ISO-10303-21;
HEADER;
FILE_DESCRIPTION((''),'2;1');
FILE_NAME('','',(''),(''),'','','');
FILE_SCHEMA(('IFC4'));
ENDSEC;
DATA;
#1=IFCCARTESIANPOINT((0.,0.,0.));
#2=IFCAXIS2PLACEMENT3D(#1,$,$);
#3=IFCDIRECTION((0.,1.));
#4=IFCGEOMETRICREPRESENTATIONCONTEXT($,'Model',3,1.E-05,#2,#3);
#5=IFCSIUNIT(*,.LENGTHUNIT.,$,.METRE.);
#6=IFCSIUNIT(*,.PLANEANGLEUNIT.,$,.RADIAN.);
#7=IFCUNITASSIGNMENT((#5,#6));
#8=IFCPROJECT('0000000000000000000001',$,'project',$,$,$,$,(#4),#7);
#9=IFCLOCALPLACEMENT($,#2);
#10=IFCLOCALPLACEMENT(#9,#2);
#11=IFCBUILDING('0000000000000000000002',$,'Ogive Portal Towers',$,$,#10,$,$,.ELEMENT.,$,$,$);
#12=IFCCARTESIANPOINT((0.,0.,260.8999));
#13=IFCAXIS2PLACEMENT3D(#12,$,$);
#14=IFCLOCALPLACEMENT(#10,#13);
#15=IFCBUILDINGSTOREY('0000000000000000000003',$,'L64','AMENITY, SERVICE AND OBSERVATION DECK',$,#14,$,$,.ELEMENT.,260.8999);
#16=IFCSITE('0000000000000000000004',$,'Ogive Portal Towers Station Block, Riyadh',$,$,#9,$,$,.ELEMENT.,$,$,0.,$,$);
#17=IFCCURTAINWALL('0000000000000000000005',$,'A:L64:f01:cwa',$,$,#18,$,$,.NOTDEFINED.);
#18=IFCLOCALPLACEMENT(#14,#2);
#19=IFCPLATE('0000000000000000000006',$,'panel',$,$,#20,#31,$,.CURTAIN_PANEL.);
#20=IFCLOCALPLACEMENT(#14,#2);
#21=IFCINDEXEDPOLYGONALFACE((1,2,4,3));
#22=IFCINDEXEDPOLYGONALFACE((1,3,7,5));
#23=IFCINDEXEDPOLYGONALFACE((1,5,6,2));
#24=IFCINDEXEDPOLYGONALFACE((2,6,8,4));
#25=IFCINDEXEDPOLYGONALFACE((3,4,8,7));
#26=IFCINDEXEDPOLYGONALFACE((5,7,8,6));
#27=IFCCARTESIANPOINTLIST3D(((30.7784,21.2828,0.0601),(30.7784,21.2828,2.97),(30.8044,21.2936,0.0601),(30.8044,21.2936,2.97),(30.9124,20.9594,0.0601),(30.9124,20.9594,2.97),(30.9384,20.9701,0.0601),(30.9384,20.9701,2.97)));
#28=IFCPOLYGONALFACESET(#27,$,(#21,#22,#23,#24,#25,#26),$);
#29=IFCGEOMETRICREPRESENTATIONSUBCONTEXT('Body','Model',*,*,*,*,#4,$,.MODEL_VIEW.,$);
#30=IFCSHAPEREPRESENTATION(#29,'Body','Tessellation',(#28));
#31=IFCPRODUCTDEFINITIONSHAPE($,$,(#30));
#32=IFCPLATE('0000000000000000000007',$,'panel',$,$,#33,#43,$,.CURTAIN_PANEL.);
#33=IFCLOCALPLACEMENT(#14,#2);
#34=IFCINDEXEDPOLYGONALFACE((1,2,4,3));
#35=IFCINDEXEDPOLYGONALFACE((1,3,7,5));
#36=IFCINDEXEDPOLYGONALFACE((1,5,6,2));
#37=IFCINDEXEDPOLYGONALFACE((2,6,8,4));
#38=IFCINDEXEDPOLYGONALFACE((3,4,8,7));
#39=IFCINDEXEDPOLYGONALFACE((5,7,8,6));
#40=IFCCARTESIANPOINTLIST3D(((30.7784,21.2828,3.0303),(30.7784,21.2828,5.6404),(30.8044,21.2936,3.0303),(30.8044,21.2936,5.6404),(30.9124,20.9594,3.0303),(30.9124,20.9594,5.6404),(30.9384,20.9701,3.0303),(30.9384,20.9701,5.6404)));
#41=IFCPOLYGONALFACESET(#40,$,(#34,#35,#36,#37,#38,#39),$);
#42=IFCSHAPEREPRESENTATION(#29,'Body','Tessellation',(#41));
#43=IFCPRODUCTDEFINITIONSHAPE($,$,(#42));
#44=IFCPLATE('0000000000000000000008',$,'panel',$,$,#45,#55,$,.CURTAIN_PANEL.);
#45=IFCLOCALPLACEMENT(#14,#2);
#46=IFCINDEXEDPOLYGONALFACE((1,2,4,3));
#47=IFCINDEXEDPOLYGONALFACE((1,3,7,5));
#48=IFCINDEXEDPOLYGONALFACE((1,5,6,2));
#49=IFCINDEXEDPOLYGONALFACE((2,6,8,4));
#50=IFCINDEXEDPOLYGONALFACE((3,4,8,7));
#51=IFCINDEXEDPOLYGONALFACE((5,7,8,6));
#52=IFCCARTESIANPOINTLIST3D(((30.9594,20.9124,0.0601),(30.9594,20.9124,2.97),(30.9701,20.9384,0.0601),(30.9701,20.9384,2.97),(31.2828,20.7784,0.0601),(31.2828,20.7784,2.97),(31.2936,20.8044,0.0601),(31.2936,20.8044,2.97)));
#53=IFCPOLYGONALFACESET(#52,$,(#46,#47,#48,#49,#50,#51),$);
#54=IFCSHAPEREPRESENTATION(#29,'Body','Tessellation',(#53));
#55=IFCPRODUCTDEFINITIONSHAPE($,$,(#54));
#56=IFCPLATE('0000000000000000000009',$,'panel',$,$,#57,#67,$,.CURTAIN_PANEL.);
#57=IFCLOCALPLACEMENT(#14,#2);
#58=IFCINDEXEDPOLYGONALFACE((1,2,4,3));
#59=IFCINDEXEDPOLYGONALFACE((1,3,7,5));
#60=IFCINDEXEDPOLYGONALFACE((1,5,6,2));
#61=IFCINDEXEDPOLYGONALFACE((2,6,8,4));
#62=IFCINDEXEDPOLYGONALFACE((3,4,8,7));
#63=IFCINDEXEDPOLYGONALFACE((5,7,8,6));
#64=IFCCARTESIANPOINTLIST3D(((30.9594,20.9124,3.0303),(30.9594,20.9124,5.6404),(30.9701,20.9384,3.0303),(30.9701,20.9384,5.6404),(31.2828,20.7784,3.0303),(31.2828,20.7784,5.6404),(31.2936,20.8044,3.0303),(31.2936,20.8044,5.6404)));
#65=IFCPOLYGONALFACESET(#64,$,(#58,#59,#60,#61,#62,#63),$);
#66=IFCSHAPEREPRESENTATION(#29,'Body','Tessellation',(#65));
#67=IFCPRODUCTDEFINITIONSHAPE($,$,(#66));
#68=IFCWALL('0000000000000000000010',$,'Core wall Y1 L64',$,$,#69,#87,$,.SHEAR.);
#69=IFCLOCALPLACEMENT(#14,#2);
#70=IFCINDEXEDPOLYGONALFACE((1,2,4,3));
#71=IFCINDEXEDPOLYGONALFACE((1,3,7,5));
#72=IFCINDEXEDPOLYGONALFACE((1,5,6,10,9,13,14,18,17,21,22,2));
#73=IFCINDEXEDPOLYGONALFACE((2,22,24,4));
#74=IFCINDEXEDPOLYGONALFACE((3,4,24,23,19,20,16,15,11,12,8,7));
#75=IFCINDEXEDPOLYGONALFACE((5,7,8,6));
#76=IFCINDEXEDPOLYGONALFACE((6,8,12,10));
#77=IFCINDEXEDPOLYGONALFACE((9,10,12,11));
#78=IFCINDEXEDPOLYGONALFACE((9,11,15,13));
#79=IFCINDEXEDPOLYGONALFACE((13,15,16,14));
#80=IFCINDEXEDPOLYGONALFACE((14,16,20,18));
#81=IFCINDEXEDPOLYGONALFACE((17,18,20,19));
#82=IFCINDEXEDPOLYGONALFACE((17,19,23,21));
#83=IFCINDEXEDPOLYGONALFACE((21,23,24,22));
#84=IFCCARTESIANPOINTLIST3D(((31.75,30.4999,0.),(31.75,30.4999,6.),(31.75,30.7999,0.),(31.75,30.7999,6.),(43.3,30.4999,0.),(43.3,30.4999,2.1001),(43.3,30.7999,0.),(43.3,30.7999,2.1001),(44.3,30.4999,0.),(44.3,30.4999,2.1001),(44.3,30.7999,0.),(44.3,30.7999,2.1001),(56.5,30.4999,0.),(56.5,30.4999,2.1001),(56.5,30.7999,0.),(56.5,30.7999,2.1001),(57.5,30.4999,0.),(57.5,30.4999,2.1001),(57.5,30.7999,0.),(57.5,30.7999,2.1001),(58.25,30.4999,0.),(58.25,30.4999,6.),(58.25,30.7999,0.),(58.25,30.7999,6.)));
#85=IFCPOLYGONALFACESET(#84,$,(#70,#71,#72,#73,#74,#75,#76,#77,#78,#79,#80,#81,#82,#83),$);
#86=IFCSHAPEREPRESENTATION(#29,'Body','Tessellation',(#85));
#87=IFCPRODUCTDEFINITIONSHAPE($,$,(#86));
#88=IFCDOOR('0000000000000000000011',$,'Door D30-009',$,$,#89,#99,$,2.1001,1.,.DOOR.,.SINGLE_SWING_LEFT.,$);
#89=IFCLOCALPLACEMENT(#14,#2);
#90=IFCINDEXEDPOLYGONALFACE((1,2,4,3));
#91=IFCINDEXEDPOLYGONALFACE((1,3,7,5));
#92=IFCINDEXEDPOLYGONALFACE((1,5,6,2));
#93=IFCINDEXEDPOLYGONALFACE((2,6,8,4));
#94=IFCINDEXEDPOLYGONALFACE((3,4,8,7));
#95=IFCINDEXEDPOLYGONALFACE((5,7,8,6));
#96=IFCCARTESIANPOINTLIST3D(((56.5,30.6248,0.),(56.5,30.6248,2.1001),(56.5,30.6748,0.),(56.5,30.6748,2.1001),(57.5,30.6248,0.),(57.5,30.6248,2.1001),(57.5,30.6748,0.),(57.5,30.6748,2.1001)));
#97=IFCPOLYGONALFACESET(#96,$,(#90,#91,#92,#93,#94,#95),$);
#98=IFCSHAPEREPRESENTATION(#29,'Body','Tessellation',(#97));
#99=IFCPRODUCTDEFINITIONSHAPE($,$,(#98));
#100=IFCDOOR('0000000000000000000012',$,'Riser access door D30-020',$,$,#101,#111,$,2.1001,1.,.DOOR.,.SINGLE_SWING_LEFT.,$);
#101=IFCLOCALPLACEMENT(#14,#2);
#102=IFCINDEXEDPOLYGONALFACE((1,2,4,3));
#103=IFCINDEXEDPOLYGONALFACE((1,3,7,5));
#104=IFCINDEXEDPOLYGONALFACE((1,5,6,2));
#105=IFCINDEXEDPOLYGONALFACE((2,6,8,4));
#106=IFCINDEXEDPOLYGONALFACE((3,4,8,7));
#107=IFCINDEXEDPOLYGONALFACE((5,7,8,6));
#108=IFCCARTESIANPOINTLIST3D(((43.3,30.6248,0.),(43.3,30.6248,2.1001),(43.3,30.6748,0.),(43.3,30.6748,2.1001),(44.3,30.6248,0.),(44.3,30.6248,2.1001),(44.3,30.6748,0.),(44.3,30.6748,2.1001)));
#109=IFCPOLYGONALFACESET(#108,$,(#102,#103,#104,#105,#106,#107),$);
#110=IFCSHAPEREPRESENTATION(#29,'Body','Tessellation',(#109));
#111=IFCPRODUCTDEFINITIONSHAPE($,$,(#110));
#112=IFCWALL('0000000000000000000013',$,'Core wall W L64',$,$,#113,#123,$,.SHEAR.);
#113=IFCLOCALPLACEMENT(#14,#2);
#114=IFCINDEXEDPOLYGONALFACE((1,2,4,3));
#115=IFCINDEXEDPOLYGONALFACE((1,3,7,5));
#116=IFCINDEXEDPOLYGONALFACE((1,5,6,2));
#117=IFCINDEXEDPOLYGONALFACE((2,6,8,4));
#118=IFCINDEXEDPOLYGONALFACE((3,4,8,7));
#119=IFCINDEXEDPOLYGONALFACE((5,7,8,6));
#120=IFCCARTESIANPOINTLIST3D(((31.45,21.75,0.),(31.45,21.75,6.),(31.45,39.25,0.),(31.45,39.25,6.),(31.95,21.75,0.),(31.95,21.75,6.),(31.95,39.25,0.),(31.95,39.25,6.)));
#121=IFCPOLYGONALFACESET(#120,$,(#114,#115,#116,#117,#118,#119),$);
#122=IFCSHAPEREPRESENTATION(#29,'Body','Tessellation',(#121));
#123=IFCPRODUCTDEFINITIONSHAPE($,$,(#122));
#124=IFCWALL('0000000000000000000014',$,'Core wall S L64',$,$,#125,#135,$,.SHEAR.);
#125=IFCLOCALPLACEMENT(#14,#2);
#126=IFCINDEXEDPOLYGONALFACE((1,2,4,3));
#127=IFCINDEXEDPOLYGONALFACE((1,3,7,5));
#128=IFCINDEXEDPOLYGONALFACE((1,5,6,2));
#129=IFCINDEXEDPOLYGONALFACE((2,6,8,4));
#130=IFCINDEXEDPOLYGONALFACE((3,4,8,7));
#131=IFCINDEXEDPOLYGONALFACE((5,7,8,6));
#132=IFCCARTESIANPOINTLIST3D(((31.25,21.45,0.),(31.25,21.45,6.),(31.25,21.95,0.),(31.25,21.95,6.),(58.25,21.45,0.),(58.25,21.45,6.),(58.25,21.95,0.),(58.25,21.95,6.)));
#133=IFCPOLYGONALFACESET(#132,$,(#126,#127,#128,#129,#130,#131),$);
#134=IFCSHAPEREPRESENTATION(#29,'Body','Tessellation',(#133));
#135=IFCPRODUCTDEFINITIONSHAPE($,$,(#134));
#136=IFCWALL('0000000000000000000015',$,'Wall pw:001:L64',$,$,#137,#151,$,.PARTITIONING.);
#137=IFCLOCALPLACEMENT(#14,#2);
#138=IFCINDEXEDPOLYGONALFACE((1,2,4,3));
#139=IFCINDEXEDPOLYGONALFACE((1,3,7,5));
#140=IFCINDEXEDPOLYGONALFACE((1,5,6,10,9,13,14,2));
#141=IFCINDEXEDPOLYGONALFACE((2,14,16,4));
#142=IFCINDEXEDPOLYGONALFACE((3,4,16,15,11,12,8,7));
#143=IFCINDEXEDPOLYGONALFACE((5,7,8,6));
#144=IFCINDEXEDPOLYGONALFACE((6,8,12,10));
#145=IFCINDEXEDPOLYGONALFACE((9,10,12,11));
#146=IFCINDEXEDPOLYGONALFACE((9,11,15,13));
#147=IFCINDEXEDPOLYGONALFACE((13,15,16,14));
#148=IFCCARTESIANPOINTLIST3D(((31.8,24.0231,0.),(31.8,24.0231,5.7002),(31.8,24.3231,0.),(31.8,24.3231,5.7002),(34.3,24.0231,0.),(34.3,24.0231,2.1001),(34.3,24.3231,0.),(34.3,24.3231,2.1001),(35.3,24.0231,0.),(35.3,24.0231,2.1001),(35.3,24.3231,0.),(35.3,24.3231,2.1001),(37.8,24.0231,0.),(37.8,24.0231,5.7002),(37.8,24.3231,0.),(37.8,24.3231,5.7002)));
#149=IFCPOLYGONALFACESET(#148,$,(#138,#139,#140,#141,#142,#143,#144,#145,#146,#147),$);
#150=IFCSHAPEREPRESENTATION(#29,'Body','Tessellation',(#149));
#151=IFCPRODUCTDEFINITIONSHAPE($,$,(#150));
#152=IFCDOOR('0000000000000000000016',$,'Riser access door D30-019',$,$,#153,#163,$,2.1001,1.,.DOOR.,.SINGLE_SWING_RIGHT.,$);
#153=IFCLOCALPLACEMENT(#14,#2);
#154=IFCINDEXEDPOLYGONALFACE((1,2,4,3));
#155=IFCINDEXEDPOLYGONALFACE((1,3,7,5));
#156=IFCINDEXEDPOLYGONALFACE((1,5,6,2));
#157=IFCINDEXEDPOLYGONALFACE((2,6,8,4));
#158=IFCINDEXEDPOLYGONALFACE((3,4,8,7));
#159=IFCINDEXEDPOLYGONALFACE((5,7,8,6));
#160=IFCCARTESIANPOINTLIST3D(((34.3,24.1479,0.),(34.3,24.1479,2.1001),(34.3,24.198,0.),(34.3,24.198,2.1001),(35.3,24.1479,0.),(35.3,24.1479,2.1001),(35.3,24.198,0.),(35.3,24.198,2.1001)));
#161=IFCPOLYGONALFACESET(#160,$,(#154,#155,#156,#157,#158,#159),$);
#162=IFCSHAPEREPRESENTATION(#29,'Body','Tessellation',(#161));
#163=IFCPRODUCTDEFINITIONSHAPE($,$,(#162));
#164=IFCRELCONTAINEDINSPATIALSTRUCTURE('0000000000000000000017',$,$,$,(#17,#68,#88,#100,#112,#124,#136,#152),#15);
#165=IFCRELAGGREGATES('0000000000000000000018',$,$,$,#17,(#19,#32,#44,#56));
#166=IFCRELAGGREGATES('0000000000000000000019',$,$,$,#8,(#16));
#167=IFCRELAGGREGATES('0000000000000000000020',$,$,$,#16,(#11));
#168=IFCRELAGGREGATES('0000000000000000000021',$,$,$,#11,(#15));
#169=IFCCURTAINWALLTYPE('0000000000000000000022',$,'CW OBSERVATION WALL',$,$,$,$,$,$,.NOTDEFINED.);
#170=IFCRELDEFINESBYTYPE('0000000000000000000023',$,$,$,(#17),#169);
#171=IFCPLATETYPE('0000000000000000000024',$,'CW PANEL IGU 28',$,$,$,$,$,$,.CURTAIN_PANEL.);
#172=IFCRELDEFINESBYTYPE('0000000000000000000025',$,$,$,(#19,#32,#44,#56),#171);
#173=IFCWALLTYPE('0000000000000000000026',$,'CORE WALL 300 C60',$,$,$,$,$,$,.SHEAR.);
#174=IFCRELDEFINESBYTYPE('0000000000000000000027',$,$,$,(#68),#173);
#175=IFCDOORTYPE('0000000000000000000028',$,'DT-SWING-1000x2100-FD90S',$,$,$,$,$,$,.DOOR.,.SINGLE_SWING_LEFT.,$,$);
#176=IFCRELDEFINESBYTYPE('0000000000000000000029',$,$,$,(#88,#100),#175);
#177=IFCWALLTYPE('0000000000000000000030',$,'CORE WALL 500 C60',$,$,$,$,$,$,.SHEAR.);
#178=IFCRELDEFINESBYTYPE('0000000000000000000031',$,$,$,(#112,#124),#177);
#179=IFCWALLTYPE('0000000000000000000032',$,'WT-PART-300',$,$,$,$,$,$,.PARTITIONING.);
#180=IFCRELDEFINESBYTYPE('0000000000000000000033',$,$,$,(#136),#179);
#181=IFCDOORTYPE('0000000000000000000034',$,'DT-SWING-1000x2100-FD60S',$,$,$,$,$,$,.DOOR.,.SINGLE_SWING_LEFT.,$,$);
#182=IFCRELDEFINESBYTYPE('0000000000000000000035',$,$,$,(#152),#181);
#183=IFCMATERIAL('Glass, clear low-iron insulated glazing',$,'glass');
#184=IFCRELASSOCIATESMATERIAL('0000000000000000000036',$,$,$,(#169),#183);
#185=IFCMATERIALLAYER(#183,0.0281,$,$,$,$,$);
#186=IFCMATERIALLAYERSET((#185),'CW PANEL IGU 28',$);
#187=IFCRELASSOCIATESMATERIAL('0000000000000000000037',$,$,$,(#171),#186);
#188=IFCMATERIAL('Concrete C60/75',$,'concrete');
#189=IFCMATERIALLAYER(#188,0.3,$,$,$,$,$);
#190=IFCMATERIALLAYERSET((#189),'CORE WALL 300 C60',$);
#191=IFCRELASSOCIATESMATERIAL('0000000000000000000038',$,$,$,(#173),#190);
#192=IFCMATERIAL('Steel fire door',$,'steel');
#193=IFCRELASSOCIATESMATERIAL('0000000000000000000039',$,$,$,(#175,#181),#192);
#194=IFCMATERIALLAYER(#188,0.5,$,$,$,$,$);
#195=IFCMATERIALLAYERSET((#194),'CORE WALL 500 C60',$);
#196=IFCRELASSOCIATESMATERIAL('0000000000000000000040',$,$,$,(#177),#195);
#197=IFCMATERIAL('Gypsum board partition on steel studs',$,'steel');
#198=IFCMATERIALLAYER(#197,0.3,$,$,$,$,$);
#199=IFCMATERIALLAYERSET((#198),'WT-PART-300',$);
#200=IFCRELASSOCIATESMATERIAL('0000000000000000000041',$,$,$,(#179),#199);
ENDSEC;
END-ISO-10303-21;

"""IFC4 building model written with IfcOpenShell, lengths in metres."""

from ifc_helpers import new_model, si_unit, direction, frame, frame_2d, origin, origin_2d, place, context, subcontext, project, spatial, rectangle, extrude, material, layer, layer_set, type_object, element, fill, aggregate, save


model = new_model("IFC4")

# Units and contexts
model_context = context("Model", 3, precision=1e-05, world=origin(), true_north=direction((0.0, 1.0)))
body_context = subcontext(model_context, "Body", "Model", "MODEL_VIEW")
ifc_project = project(units=[si_unit("LENGTHUNIT", "METRE"), si_unit("PLANEANGLEUNIT", "RADIAN")], contexts=[model_context])

# Site, building, storey
site_placement = place(None, origin())
site = spatial("IfcSite", under=ifc_project, at=site_placement, Name="Ogive Portal Towers Station Block, Riyadh", CompositionType="ELEMENT", RefElevation=0.0)
building_placement = place(site_placement, origin())
building = spatial("IfcBuilding", under=site, at=building_placement, Name="Ogive Portal Towers", CompositionType="ELEMENT")
storey_placement = place(building_placement, frame((0.0, 0.0, 260.8999)))
storey = spatial("IfcBuildingStorey", under=building, at=storey_placement, Name="L64", Description="AMENITY, SERVICE AND OBSERVATION DECK", CompositionType="ELEMENT", Elevation=260.8999)

# Curtain wall
ifc_material_1 = material(Name="Glass, clear low-iron insulated glazing", Category="glass")
curtain_wall_type = type_object("IfcCurtainWallType", Name="CW OBSERVATION WALL", PredefinedType="NOTDEFINED", material=ifc_material_1)
curtain_wall_1_placement = place(storey_placement, origin())
curtain_wall_1 = element("IfcCurtainWall", 1, at=curtain_wall_1_placement, inside=storey, type_object=curtain_wall_type, Name="A:L64:f01:cwa", PredefinedType="NOTDEFINED")

# Plates
ifc_layer_1 = layer(ifc_material_1, 0.0281)
ifc_layer_set_1 = layer_set([ifc_layer_1], Name="CW PANEL IGU 28")
plate_type = type_object("IfcPlateType", Name="CW PANEL IGU 28", PredefinedType="CURTAIN_PANEL", material=ifc_layer_set_1)
plate_1_placement = place(storey_placement, frame((30.8584, 21.1265, 0.0601), z_axis=(0.0, 0.0, 1.0), x_axis=(0.382683, -0.92388, 0.0)))
plate_1 = element("IfcPlate", 2, at=plate_1_placement, type_object=plate_type, Name="panel", PredefinedType="CURTAIN_PANEL", context=body_context, shape_type="SweptSolid", body=[
    extrude(rectangle(XDim=0.3501, YDim=0.0281, at=origin_2d()), origin(), (0.0, 0.0, 1.0), 2.9099),
])
plate_2_placement = place(storey_placement, frame((30.8584, 21.1265, 3.0303), z_axis=(0.0, 0.0, 1.0), x_axis=(0.382683, -0.92388, 0.0)))
plate_2 = element("IfcPlate", 3, at=plate_2_placement, type_object=plate_type, Name="panel", PredefinedType="CURTAIN_PANEL", context=body_context, shape_type="SweptSolid", body=[
    extrude(rectangle(XDim=0.3501, YDim=0.0281, at=origin_2d()), origin(), (0.0, 0.0, 1.0), 2.6101),
])
plate_3_placement = place(storey_placement, frame((31.1265, 20.8584, 0.0601), z_axis=(0.0, 0.0, 1.0), x_axis=(0.92388, -0.382683, 0.0)))
plate_3 = element("IfcPlate", 4, at=plate_3_placement, type_object=plate_type, Name="panel", PredefinedType="CURTAIN_PANEL", context=body_context, shape_type="SweptSolid", body=[
    extrude(rectangle(XDim=0.3501, YDim=0.0281, at=origin_2d()), origin(), (0.0, 0.0, 1.0), 2.9099),
])
plate_4_placement = place(storey_placement, frame((31.1265, 20.8584, 3.0303), z_axis=(0.0, 0.0, 1.0), x_axis=(0.92388, -0.382683, 0.0)))
plate_4 = element("IfcPlate", 5, at=plate_4_placement, type_object=plate_type, Name="panel", PredefinedType="CURTAIN_PANEL", context=body_context, shape_type="SweptSolid", body=[
    extrude(rectangle(XDim=0.3501, YDim=0.0281, at=origin_2d()), origin(), (0.0, 0.0, 1.0), 2.6101),
])
aggregate(curtain_wall_1, [plate_1, plate_2, plate_3, plate_4])

# Wall, openings, doors
ifc_material_2 = material(Name="Concrete C60/75", Category="concrete")
ifc_layer_2 = layer(ifc_material_2, 0.3)
ifc_layer_set_2 = layer_set([ifc_layer_2], Name="CORE WALL 300 C60")
wall_type_1 = type_object("IfcWallType", Name="CORE WALL 300 C60", PredefinedType="SHEAR", material=ifc_layer_set_2)
wall_1_placement = place(storey_placement, frame((31.75, 30.6499, 0.0), z_axis=(0.0, 0.0, 1.0), x_axis=(1.0, 0.0, 0.0)))
wall_1 = element("IfcWall", 6, at=wall_1_placement, inside=storey, type_object=wall_type_1, Name="Core wall Y1 L64", PredefinedType="SHEAR", context=body_context, shape_type="SweptSolid", body=[
    extrude(rectangle(XDim=26.5, YDim=0.3, at=frame_2d((13.25, 0.0))), origin(), (0.0, 0.0, 1.0), 6.0),
])
opening_1_placement = place(wall_1_placement, frame((24.75, 0.0, 0.0)))
opening_1 = element("IfcOpeningElement", 7, at=opening_1_placement, cuts=wall_1, PredefinedType="OPENING", context=body_context, shape_type="SweptSolid", body=[
    extrude(rectangle(XDim=1.0, YDim=2.1001, at=frame_2d((0.5, 1.05))), frame((0.0, 0.1602, 0.0), z_axis=(0.0, -1.0, 0.0), x_axis=(1.0, 0.0, 0.0)), (0.0, 0.0, 1.0), 0.3201),
])
opening_2_placement = place(wall_1_placement, frame((11.55, 0.0, 0.0)))
opening_2 = element("IfcOpeningElement", 8, at=opening_2_placement, cuts=wall_1, PredefinedType="OPENING", context=body_context, shape_type="SweptSolid", body=[
    extrude(rectangle(XDim=1.0, YDim=2.1001, at=frame_2d((0.5, 1.05))), frame((0.0, 0.1602, 0.0), z_axis=(0.0, -1.0, 0.0), x_axis=(1.0, 0.0, 0.0)), (0.0, 0.0, 1.0), 0.3201),
])
ifc_material_3 = material(Name="Steel fire door", Category="steel")
door_type_1 = type_object("IfcDoorType", Name="DT-SWING-1000x2100-FD90S", OperationType="SINGLE_SWING_LEFT", PredefinedType="DOOR", material=ifc_material_3)
door_1_placement = place(opening_1_placement, origin())
door_1 = element("IfcDoor", 9, at=door_1_placement, inside=storey, type_object=door_type_1, Name="Door D30-009", OperationType="SINGLE_SWING_LEFT", OverallHeight=2.1001, OverallWidth=1.0, PredefinedType="DOOR", context=body_context, shape_type="SweptSolid", body=[
    extrude(rectangle(XDim=1.0, YDim=2.1001, at=frame_2d((0.5, 1.05))), frame((0.0, 0.0249, 0.0), z_axis=(0.0, -1.0, 0.0), x_axis=(1.0, 0.0, 0.0)), (0.0, 0.0, 1.0), 0.05),
])
fill(opening_1, door_1)
door_2_placement = place(opening_2_placement, origin())
door_2 = element("IfcDoor", 10, at=door_2_placement, inside=storey, type_object=door_type_1, Name="Riser access door D30-020", OperationType="SINGLE_SWING_LEFT", OverallHeight=2.1001, OverallWidth=1.0, PredefinedType="DOOR", context=body_context, shape_type="SweptSolid", body=[
    extrude(rectangle(XDim=1.0, YDim=2.1001, at=frame_2d((0.5, 1.05))), frame((0.0, 0.0249, 0.0), z_axis=(0.0, -1.0, 0.0), x_axis=(1.0, 0.0, 0.0)), (0.0, 0.0, 1.0), 0.05),
])
fill(opening_2, door_2)

# Walls
ifc_layer_3 = layer(ifc_material_2, 0.5)
ifc_layer_set_3 = layer_set([ifc_layer_3], Name="CORE WALL 500 C60")
wall_type_2 = type_object("IfcWallType", Name="CORE WALL 500 C60", PredefinedType="SHEAR", material=ifc_layer_set_3)
wall_2_placement = place(storey_placement, frame((31.7, 21.75, 0.0), z_axis=(0.0, 0.0, 1.0), x_axis=(0.0, 1.0, 0.0)))
element("IfcWall", 11, at=wall_2_placement, inside=storey, type_object=wall_type_2, Name="Core wall W L64", PredefinedType="SHEAR", context=body_context, shape_type="SweptSolid", body=[
    extrude(rectangle(XDim=17.5, YDim=0.5, at=frame_2d((8.75, 0.0))), origin(), (0.0, 0.0, 1.0), 6.0),
])
wall_3_placement = place(storey_placement, frame((31.25, 21.7, 0.0), z_axis=(0.0, 0.0, 1.0), x_axis=(1.0, 0.0, 0.0)))
element("IfcWall", 12, at=wall_3_placement, inside=storey, type_object=wall_type_2, Name="Core wall S L64", PredefinedType="SHEAR", context=body_context, shape_type="SweptSolid", body=[
    extrude(rectangle(XDim=27.0, YDim=0.5, at=frame_2d((13.5, 0.0))), origin(), (0.0, 0.0, 1.0), 6.0),
])

# Wall, opening, door
ifc_material_4 = material(Name="Gypsum board partition on steel studs", Category="steel")
ifc_layer_4 = layer(ifc_material_4, 0.3)
ifc_layer_set_4 = layer_set([ifc_layer_4], Name="WT-PART-300")
wall_type_3 = type_object("IfcWallType", Name="WT-PART-300", PredefinedType="PARTITIONING", material=ifc_layer_set_4)
wall_4_placement = place(storey_placement, frame((31.8, 24.1731, 0.0), z_axis=(0.0, 0.0, 1.0), x_axis=(1.0, 0.0, 0.0)))
wall_4 = element("IfcWall", 13, at=wall_4_placement, inside=storey, type_object=wall_type_3, Name="Wall pw:001:L64", PredefinedType="PARTITIONING", context=body_context, shape_type="SweptSolid", body=[
    extrude(rectangle(XDim=6.0, YDim=0.3, at=frame_2d((3.0, 0.0))), origin(), (0.0, 0.0, 1.0), 5.7002),
])
opening_3_placement = place(wall_4_placement, frame((2.5, 0.0, 0.0)))
opening_3 = element("IfcOpeningElement", 14, at=opening_3_placement, cuts=wall_4, PredefinedType="OPENING", context=body_context, shape_type="SweptSolid", body=[
    extrude(rectangle(XDim=1.0, YDim=2.1001, at=frame_2d((0.5, 1.05))), frame((0.0, 0.1602, 0.0), z_axis=(0.0, -1.0, 0.0), x_axis=(1.0, 0.0, 0.0)), (0.0, 0.0, 1.0), 0.3201),
])
door_type_2 = type_object("IfcDoorType", Name="DT-SWING-1000x2100-FD60S", OperationType="SINGLE_SWING_LEFT", PredefinedType="DOOR", material=ifc_material_3)
door_3_placement = place(opening_3_placement, origin())
door_3 = element("IfcDoor", 15, at=door_3_placement, inside=storey, type_object=door_type_2, Name="Riser access door D30-019", OperationType="SINGLE_SWING_RIGHT", OverallHeight=2.1001, OverallWidth=1.0, PredefinedType="DOOR", context=body_context, shape_type="SweptSolid", body=[
    extrude(rectangle(XDim=1.0, YDim=2.1001, at=frame_2d((0.5, 1.05))), frame((0.0, 0.0249, 0.0), z_axis=(0.0, -1.0, 0.0), x_axis=(1.0, 0.0, 0.0)), (0.0, 0.0, 1.0), 0.05),
])
fill(opening_3, door_3)

save(model, "model.ifc")
